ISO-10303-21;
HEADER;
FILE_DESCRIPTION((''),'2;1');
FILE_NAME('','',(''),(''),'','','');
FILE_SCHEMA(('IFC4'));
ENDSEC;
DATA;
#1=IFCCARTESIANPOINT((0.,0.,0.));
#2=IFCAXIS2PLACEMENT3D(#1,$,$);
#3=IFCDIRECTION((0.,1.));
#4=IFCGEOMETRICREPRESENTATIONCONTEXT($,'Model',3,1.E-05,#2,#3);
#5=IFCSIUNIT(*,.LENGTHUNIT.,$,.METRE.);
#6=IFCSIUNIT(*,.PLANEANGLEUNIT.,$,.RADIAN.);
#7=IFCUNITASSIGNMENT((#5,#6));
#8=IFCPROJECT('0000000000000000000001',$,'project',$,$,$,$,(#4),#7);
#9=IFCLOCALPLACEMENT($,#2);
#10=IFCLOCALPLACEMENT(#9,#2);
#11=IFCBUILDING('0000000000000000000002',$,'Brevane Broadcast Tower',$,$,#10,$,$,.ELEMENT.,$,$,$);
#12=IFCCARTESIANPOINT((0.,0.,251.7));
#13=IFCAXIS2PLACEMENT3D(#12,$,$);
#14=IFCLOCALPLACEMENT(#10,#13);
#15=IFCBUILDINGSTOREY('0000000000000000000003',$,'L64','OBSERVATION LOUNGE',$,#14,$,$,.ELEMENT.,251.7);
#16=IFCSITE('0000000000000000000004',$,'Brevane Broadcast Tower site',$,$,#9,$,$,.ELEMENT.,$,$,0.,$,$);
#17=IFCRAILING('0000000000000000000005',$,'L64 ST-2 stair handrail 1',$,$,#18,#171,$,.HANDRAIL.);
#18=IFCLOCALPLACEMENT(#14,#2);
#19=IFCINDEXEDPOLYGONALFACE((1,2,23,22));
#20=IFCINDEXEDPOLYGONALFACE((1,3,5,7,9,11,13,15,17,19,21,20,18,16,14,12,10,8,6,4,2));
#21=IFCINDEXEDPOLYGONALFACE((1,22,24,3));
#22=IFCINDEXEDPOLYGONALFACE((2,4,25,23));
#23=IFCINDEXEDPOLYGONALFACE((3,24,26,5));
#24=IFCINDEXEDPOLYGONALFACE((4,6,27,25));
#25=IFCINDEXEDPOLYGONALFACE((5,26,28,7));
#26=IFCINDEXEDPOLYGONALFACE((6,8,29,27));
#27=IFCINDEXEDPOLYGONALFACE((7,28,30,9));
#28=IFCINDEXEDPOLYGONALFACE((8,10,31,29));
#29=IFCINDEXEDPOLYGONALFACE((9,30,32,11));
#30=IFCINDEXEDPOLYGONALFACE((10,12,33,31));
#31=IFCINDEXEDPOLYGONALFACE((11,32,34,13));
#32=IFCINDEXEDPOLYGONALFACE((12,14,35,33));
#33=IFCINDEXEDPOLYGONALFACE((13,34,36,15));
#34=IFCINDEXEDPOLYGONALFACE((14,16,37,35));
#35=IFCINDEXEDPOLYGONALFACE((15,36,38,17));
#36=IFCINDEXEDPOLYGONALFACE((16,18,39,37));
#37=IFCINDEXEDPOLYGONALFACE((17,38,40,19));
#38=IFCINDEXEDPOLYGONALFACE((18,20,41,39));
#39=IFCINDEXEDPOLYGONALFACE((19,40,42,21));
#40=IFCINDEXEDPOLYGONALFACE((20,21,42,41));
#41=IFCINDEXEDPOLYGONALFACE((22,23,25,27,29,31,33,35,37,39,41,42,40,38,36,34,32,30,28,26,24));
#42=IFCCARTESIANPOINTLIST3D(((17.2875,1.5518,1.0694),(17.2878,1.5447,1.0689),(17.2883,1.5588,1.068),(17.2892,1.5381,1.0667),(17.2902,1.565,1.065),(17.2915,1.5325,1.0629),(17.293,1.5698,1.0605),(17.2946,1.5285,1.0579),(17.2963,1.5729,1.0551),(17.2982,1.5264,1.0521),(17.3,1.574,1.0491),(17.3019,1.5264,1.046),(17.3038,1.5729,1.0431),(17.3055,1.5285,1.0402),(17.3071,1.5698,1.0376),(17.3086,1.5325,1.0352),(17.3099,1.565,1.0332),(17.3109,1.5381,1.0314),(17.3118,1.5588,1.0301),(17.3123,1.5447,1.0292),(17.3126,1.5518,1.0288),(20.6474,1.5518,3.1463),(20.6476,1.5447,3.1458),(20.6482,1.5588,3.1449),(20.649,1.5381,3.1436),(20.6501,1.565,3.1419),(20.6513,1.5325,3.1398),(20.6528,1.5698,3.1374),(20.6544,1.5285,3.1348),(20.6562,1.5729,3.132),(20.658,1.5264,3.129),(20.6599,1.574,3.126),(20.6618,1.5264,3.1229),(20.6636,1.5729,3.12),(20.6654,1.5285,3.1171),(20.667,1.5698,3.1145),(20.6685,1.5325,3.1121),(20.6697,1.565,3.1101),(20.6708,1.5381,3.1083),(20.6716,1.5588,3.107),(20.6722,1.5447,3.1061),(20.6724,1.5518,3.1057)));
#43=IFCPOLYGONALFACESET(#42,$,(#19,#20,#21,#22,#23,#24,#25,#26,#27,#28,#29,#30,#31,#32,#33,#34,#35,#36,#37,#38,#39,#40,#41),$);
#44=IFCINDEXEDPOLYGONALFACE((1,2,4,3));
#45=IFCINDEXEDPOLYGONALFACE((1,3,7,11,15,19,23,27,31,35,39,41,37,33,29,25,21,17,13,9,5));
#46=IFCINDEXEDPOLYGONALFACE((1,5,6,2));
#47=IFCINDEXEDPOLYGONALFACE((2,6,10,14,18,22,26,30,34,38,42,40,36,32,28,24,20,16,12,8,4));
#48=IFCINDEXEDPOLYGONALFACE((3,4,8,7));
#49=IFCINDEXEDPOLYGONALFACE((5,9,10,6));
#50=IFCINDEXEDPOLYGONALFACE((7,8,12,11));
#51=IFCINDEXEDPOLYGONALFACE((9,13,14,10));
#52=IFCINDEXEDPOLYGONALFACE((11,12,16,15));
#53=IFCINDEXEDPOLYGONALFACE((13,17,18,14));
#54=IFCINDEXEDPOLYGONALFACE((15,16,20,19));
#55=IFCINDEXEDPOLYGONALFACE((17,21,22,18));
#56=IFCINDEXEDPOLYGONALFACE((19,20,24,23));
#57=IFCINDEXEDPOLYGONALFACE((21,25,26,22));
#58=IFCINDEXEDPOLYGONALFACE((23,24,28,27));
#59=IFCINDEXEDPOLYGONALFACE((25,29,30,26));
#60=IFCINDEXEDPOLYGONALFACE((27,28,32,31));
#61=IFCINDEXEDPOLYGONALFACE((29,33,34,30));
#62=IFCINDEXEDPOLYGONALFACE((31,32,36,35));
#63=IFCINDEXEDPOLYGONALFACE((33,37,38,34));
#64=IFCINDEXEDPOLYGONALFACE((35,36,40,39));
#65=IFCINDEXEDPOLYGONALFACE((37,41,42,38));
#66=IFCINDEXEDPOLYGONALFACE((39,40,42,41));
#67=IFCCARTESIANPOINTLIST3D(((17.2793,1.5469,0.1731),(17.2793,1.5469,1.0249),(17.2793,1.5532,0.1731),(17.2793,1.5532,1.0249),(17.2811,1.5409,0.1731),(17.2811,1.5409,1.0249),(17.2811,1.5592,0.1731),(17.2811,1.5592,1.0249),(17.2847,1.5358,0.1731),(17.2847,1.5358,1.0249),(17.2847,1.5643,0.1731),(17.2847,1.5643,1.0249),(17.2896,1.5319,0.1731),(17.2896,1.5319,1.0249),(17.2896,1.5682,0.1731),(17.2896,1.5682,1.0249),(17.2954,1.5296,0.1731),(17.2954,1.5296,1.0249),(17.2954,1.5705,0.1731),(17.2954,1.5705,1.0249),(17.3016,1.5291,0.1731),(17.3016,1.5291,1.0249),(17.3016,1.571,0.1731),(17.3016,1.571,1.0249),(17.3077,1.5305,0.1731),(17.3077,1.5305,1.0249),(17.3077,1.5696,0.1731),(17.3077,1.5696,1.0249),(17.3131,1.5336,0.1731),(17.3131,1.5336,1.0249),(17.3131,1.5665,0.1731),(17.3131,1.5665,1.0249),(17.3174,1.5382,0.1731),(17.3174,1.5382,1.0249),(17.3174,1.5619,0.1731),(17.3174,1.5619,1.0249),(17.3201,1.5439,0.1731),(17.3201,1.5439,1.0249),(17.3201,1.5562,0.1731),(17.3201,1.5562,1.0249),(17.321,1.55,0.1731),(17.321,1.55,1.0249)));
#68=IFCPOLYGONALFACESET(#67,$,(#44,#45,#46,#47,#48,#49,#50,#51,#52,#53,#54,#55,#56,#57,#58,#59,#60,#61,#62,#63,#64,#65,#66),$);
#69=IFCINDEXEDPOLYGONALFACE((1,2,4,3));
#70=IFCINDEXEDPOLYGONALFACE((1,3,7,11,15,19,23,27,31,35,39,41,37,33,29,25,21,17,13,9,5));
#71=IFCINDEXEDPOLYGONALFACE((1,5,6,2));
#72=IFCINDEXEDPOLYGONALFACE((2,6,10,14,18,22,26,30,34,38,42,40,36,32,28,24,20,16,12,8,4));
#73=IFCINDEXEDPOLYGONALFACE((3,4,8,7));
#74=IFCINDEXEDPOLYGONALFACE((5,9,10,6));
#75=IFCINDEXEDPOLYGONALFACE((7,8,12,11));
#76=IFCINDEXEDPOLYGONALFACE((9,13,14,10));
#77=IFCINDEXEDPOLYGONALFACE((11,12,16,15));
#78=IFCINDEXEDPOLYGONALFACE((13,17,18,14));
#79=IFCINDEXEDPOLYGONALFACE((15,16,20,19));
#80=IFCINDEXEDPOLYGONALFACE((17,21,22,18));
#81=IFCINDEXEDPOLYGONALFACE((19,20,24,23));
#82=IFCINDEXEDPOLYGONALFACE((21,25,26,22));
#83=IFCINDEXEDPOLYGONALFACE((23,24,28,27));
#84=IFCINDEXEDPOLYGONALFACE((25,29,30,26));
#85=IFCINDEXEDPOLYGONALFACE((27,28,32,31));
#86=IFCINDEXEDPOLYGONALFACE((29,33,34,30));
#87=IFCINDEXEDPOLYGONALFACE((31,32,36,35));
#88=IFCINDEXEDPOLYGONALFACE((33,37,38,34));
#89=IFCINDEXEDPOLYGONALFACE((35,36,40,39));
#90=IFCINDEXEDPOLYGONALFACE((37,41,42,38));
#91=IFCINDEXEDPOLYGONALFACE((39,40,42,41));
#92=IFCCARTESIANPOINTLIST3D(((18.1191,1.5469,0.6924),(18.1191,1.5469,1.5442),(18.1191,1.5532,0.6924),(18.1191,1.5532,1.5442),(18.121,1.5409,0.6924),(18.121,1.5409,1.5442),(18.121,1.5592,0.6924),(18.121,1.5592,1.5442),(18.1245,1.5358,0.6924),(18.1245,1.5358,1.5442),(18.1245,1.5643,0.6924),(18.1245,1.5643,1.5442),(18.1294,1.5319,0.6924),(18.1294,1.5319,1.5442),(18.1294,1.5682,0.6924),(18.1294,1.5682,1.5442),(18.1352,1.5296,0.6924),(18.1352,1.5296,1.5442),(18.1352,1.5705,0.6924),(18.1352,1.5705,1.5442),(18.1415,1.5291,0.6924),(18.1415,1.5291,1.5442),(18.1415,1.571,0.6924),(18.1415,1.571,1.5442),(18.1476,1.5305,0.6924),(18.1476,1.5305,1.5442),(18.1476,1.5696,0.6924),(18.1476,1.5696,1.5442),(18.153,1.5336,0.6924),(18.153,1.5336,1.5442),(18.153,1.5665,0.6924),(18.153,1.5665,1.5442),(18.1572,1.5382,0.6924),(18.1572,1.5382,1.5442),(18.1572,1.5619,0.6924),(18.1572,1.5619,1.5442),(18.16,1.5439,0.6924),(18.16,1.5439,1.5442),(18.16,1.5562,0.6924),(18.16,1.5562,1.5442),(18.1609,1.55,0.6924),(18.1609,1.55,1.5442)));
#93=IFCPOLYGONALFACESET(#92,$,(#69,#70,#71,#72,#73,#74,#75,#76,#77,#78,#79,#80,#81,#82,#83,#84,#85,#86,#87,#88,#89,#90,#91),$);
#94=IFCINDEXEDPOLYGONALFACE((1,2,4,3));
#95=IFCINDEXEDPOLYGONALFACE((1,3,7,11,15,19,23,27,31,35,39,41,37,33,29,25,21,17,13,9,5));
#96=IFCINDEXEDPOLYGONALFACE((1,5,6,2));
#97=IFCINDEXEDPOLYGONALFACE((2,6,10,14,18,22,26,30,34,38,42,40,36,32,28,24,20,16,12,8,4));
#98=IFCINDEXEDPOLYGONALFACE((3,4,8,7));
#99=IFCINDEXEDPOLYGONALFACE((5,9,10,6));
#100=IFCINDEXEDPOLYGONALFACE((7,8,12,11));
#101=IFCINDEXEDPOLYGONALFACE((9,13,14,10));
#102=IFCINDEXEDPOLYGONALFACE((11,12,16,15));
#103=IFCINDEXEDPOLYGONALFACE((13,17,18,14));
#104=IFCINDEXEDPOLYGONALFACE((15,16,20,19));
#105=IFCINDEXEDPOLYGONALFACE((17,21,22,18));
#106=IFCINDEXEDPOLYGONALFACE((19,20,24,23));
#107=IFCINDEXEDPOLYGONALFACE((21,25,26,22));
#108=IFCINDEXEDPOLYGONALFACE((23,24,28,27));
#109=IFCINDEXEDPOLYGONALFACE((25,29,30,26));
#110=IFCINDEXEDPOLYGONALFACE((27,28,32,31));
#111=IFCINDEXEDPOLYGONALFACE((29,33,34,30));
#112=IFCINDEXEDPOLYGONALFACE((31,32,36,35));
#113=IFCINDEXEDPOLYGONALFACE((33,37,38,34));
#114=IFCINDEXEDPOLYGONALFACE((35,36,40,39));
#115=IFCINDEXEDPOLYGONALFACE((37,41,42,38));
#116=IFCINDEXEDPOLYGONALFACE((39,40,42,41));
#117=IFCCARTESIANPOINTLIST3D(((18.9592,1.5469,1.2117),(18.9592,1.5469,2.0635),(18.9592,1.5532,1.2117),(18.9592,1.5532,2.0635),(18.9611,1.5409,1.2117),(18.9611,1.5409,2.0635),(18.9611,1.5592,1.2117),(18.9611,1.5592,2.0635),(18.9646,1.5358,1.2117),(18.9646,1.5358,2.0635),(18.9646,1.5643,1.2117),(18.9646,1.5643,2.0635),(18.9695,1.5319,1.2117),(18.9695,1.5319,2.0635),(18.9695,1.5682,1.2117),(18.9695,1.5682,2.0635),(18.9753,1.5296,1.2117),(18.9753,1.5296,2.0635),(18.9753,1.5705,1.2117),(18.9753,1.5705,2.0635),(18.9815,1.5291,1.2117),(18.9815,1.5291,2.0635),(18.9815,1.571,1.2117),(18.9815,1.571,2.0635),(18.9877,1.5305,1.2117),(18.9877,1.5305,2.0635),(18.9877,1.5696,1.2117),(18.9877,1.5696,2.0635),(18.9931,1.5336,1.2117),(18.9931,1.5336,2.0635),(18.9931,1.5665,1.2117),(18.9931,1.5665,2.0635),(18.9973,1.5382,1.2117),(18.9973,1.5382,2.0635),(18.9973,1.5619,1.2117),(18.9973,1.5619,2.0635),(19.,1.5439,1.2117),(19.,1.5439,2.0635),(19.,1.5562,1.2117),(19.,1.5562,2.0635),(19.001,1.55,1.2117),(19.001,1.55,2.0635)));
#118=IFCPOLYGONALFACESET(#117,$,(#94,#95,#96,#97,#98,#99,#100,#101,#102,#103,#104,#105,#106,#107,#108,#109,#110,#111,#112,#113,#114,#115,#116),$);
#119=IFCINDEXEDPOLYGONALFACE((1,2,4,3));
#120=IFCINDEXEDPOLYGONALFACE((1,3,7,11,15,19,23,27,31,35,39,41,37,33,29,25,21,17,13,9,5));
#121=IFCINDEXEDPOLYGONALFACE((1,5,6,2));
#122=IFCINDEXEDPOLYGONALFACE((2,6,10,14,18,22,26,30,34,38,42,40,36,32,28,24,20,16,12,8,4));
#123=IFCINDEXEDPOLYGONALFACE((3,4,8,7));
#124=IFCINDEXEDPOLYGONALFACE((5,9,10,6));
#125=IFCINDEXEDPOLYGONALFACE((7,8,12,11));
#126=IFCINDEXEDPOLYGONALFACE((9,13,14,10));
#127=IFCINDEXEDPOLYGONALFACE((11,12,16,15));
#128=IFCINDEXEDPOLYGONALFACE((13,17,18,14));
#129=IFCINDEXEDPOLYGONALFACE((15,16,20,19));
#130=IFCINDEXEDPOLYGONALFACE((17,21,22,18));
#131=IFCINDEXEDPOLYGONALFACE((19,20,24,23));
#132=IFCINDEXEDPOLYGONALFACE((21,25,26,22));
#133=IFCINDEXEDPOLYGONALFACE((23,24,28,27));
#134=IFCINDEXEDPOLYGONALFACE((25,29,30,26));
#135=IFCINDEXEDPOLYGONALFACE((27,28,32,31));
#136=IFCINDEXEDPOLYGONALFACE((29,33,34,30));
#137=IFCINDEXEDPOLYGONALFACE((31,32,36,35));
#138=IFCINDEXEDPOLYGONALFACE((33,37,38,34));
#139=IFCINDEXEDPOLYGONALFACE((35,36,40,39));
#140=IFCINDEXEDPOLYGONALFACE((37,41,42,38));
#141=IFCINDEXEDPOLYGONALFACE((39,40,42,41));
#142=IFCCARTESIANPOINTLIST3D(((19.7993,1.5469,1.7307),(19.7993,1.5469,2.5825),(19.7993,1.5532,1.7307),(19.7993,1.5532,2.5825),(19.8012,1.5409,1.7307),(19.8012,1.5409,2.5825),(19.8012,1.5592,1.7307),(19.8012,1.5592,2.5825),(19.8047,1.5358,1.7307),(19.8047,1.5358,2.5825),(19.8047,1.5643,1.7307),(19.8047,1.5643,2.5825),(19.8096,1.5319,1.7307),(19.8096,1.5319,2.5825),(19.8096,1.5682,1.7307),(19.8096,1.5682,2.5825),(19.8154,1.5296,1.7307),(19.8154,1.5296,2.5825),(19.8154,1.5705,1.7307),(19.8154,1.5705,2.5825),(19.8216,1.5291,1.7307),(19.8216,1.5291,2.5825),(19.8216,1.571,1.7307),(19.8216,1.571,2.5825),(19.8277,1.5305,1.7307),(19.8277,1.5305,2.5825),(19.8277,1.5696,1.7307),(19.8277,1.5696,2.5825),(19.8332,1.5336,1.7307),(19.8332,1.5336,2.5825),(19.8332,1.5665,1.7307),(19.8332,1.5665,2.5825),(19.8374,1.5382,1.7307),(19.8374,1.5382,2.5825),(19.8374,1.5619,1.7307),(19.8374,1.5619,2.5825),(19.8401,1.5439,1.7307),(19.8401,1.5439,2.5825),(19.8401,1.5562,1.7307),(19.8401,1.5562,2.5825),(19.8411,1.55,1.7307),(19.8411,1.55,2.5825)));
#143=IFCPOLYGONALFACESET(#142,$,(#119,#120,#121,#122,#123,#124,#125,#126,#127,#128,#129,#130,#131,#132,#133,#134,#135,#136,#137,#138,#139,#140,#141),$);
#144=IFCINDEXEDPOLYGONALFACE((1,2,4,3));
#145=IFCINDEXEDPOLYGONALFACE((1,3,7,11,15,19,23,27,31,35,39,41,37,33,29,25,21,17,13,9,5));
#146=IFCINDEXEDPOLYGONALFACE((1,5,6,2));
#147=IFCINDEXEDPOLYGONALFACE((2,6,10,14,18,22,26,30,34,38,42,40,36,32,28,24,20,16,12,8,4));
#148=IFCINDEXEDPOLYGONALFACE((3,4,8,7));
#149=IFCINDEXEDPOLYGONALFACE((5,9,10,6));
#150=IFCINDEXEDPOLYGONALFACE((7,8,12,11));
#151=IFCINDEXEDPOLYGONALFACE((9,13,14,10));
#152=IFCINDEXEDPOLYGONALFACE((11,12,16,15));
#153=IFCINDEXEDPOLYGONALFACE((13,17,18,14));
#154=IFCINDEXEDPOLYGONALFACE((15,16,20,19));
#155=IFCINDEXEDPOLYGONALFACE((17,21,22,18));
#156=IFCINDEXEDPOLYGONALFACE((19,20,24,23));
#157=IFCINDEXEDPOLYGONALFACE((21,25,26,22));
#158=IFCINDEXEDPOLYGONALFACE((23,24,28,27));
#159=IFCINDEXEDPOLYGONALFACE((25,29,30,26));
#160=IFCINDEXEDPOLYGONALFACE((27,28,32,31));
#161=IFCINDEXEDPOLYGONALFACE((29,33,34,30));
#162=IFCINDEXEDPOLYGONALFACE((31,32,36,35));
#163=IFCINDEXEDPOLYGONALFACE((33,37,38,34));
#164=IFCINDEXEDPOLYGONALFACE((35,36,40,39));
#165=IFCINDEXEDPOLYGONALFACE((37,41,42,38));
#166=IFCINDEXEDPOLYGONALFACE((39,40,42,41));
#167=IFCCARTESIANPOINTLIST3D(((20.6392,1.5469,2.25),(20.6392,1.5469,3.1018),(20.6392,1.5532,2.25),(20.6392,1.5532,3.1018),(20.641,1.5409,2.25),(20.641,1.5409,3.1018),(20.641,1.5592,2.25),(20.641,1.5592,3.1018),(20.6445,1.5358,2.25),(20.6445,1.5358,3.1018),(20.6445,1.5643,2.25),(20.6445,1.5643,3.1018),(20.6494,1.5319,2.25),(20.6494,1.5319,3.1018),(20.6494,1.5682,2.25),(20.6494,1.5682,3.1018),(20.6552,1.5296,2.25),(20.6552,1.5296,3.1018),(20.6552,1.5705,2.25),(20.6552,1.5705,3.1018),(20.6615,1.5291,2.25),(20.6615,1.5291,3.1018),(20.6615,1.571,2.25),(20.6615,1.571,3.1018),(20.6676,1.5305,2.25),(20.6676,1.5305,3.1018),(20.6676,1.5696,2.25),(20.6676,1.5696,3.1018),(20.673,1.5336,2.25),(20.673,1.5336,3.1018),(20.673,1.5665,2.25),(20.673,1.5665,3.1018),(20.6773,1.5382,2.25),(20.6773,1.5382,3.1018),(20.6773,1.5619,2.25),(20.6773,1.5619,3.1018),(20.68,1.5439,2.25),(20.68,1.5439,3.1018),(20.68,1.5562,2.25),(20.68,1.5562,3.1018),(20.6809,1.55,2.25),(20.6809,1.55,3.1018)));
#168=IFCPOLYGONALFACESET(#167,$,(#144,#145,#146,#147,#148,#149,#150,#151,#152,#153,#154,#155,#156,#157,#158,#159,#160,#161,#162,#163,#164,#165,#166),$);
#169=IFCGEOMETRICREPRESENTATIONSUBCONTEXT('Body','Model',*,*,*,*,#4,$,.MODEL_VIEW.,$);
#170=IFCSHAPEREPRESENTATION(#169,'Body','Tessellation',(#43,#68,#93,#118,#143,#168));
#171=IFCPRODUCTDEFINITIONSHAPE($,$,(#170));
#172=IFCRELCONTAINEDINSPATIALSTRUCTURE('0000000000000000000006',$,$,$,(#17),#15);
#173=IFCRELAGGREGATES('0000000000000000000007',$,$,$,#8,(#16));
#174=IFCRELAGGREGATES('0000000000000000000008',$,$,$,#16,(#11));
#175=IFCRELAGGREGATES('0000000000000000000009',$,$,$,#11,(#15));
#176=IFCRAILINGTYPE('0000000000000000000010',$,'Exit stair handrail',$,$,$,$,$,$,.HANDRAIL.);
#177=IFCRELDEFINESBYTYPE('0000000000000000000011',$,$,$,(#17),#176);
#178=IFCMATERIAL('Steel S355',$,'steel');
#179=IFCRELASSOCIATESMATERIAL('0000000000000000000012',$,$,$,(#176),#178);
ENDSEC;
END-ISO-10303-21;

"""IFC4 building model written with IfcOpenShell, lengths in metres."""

from ifc_helpers import new_model, si_unit, direction, frame, origin, origin_2d, place, context, subcontext, project, spatial, circle, extrude, material, type_object, element, save


model = new_model("IFC4")

# Units and contexts
model_context = context("Model", 3, precision=1e-05, world=origin(), true_north=direction((0.0, 1.0)))
body_context = subcontext(model_context, "Body", "Model", "MODEL_VIEW")
ifc_project = project(units=[si_unit("LENGTHUNIT", "METRE"), si_unit("PLANEANGLEUNIT", "RADIAN")], contexts=[model_context])

# Site, building, storey
site_placement = place(None, origin())
site = spatial("IfcSite", under=ifc_project, at=site_placement, Name="Brevane Broadcast Tower site", CompositionType="ELEMENT", RefElevation=0.0)
building_placement = place(site_placement, origin())
building = spatial("IfcBuilding", under=site, at=building_placement, Name="Brevane Broadcast Tower", CompositionType="ELEMENT")
storey_placement = place(building_placement, frame((0.0, 0.0, 251.7)))
storey = spatial("IfcBuildingStorey", under=building, at=storey_placement, Name="L64", Description="OBSERVATION LOUNGE", CompositionType="ELEMENT", Elevation=251.7)

# Railing
ifc_material_1 = material(Name="Steel S355", Category="steel")
railing_type_1 = type_object("IfcRailingType", Name="Exit stair handrail", PredefinedType="HANDRAIL", material=ifc_material_1)
railing_1_placement = place(storey_placement, frame((17.3, 1.55, 0.1731)))
element("IfcRailing", 1, at=railing_1_placement, inside=storey, type_object=railing_type_1, Name="L64 ST-2 stair handrail 1", PredefinedType="HANDRAIL", context=body_context, shape_type="SweptSolid", body=[
    extrude(circle(Radius=0.0239, at=origin_2d()), frame((0.0, 0.0, 0.876), z_axis=(0.850606, 0.0, 0.525803), x_axis=(0.0, 1.0, 0.0)), (0.0, 0.0, 1.0), 3.95),
    extrude(circle(Radius=0.021, at=origin_2d()), origin(), (0.0, 0.0, 1.0), 0.8518),
    extrude(circle(Radius=0.021, at=origin_2d()), frame((0.8398, 0.0, 0.5193)), (0.0, 0.0, 1.0), 0.8518),
    extrude(circle(Radius=0.021, at=origin_2d()), frame((1.6799, 0.0, 1.0386)), (0.0, 0.0, 1.0), 0.8518),
    extrude(circle(Radius=0.021, at=origin_2d()), frame((2.52, 0.0, 1.5576)), (0.0, 0.0, 1.0), 0.8518),
    extrude(circle(Radius=0.021, at=origin_2d()), frame((3.3599, 0.0, 2.0769)), (0.0, 0.0, 1.0), 0.8518),
])

save(model, "model.ifc")
